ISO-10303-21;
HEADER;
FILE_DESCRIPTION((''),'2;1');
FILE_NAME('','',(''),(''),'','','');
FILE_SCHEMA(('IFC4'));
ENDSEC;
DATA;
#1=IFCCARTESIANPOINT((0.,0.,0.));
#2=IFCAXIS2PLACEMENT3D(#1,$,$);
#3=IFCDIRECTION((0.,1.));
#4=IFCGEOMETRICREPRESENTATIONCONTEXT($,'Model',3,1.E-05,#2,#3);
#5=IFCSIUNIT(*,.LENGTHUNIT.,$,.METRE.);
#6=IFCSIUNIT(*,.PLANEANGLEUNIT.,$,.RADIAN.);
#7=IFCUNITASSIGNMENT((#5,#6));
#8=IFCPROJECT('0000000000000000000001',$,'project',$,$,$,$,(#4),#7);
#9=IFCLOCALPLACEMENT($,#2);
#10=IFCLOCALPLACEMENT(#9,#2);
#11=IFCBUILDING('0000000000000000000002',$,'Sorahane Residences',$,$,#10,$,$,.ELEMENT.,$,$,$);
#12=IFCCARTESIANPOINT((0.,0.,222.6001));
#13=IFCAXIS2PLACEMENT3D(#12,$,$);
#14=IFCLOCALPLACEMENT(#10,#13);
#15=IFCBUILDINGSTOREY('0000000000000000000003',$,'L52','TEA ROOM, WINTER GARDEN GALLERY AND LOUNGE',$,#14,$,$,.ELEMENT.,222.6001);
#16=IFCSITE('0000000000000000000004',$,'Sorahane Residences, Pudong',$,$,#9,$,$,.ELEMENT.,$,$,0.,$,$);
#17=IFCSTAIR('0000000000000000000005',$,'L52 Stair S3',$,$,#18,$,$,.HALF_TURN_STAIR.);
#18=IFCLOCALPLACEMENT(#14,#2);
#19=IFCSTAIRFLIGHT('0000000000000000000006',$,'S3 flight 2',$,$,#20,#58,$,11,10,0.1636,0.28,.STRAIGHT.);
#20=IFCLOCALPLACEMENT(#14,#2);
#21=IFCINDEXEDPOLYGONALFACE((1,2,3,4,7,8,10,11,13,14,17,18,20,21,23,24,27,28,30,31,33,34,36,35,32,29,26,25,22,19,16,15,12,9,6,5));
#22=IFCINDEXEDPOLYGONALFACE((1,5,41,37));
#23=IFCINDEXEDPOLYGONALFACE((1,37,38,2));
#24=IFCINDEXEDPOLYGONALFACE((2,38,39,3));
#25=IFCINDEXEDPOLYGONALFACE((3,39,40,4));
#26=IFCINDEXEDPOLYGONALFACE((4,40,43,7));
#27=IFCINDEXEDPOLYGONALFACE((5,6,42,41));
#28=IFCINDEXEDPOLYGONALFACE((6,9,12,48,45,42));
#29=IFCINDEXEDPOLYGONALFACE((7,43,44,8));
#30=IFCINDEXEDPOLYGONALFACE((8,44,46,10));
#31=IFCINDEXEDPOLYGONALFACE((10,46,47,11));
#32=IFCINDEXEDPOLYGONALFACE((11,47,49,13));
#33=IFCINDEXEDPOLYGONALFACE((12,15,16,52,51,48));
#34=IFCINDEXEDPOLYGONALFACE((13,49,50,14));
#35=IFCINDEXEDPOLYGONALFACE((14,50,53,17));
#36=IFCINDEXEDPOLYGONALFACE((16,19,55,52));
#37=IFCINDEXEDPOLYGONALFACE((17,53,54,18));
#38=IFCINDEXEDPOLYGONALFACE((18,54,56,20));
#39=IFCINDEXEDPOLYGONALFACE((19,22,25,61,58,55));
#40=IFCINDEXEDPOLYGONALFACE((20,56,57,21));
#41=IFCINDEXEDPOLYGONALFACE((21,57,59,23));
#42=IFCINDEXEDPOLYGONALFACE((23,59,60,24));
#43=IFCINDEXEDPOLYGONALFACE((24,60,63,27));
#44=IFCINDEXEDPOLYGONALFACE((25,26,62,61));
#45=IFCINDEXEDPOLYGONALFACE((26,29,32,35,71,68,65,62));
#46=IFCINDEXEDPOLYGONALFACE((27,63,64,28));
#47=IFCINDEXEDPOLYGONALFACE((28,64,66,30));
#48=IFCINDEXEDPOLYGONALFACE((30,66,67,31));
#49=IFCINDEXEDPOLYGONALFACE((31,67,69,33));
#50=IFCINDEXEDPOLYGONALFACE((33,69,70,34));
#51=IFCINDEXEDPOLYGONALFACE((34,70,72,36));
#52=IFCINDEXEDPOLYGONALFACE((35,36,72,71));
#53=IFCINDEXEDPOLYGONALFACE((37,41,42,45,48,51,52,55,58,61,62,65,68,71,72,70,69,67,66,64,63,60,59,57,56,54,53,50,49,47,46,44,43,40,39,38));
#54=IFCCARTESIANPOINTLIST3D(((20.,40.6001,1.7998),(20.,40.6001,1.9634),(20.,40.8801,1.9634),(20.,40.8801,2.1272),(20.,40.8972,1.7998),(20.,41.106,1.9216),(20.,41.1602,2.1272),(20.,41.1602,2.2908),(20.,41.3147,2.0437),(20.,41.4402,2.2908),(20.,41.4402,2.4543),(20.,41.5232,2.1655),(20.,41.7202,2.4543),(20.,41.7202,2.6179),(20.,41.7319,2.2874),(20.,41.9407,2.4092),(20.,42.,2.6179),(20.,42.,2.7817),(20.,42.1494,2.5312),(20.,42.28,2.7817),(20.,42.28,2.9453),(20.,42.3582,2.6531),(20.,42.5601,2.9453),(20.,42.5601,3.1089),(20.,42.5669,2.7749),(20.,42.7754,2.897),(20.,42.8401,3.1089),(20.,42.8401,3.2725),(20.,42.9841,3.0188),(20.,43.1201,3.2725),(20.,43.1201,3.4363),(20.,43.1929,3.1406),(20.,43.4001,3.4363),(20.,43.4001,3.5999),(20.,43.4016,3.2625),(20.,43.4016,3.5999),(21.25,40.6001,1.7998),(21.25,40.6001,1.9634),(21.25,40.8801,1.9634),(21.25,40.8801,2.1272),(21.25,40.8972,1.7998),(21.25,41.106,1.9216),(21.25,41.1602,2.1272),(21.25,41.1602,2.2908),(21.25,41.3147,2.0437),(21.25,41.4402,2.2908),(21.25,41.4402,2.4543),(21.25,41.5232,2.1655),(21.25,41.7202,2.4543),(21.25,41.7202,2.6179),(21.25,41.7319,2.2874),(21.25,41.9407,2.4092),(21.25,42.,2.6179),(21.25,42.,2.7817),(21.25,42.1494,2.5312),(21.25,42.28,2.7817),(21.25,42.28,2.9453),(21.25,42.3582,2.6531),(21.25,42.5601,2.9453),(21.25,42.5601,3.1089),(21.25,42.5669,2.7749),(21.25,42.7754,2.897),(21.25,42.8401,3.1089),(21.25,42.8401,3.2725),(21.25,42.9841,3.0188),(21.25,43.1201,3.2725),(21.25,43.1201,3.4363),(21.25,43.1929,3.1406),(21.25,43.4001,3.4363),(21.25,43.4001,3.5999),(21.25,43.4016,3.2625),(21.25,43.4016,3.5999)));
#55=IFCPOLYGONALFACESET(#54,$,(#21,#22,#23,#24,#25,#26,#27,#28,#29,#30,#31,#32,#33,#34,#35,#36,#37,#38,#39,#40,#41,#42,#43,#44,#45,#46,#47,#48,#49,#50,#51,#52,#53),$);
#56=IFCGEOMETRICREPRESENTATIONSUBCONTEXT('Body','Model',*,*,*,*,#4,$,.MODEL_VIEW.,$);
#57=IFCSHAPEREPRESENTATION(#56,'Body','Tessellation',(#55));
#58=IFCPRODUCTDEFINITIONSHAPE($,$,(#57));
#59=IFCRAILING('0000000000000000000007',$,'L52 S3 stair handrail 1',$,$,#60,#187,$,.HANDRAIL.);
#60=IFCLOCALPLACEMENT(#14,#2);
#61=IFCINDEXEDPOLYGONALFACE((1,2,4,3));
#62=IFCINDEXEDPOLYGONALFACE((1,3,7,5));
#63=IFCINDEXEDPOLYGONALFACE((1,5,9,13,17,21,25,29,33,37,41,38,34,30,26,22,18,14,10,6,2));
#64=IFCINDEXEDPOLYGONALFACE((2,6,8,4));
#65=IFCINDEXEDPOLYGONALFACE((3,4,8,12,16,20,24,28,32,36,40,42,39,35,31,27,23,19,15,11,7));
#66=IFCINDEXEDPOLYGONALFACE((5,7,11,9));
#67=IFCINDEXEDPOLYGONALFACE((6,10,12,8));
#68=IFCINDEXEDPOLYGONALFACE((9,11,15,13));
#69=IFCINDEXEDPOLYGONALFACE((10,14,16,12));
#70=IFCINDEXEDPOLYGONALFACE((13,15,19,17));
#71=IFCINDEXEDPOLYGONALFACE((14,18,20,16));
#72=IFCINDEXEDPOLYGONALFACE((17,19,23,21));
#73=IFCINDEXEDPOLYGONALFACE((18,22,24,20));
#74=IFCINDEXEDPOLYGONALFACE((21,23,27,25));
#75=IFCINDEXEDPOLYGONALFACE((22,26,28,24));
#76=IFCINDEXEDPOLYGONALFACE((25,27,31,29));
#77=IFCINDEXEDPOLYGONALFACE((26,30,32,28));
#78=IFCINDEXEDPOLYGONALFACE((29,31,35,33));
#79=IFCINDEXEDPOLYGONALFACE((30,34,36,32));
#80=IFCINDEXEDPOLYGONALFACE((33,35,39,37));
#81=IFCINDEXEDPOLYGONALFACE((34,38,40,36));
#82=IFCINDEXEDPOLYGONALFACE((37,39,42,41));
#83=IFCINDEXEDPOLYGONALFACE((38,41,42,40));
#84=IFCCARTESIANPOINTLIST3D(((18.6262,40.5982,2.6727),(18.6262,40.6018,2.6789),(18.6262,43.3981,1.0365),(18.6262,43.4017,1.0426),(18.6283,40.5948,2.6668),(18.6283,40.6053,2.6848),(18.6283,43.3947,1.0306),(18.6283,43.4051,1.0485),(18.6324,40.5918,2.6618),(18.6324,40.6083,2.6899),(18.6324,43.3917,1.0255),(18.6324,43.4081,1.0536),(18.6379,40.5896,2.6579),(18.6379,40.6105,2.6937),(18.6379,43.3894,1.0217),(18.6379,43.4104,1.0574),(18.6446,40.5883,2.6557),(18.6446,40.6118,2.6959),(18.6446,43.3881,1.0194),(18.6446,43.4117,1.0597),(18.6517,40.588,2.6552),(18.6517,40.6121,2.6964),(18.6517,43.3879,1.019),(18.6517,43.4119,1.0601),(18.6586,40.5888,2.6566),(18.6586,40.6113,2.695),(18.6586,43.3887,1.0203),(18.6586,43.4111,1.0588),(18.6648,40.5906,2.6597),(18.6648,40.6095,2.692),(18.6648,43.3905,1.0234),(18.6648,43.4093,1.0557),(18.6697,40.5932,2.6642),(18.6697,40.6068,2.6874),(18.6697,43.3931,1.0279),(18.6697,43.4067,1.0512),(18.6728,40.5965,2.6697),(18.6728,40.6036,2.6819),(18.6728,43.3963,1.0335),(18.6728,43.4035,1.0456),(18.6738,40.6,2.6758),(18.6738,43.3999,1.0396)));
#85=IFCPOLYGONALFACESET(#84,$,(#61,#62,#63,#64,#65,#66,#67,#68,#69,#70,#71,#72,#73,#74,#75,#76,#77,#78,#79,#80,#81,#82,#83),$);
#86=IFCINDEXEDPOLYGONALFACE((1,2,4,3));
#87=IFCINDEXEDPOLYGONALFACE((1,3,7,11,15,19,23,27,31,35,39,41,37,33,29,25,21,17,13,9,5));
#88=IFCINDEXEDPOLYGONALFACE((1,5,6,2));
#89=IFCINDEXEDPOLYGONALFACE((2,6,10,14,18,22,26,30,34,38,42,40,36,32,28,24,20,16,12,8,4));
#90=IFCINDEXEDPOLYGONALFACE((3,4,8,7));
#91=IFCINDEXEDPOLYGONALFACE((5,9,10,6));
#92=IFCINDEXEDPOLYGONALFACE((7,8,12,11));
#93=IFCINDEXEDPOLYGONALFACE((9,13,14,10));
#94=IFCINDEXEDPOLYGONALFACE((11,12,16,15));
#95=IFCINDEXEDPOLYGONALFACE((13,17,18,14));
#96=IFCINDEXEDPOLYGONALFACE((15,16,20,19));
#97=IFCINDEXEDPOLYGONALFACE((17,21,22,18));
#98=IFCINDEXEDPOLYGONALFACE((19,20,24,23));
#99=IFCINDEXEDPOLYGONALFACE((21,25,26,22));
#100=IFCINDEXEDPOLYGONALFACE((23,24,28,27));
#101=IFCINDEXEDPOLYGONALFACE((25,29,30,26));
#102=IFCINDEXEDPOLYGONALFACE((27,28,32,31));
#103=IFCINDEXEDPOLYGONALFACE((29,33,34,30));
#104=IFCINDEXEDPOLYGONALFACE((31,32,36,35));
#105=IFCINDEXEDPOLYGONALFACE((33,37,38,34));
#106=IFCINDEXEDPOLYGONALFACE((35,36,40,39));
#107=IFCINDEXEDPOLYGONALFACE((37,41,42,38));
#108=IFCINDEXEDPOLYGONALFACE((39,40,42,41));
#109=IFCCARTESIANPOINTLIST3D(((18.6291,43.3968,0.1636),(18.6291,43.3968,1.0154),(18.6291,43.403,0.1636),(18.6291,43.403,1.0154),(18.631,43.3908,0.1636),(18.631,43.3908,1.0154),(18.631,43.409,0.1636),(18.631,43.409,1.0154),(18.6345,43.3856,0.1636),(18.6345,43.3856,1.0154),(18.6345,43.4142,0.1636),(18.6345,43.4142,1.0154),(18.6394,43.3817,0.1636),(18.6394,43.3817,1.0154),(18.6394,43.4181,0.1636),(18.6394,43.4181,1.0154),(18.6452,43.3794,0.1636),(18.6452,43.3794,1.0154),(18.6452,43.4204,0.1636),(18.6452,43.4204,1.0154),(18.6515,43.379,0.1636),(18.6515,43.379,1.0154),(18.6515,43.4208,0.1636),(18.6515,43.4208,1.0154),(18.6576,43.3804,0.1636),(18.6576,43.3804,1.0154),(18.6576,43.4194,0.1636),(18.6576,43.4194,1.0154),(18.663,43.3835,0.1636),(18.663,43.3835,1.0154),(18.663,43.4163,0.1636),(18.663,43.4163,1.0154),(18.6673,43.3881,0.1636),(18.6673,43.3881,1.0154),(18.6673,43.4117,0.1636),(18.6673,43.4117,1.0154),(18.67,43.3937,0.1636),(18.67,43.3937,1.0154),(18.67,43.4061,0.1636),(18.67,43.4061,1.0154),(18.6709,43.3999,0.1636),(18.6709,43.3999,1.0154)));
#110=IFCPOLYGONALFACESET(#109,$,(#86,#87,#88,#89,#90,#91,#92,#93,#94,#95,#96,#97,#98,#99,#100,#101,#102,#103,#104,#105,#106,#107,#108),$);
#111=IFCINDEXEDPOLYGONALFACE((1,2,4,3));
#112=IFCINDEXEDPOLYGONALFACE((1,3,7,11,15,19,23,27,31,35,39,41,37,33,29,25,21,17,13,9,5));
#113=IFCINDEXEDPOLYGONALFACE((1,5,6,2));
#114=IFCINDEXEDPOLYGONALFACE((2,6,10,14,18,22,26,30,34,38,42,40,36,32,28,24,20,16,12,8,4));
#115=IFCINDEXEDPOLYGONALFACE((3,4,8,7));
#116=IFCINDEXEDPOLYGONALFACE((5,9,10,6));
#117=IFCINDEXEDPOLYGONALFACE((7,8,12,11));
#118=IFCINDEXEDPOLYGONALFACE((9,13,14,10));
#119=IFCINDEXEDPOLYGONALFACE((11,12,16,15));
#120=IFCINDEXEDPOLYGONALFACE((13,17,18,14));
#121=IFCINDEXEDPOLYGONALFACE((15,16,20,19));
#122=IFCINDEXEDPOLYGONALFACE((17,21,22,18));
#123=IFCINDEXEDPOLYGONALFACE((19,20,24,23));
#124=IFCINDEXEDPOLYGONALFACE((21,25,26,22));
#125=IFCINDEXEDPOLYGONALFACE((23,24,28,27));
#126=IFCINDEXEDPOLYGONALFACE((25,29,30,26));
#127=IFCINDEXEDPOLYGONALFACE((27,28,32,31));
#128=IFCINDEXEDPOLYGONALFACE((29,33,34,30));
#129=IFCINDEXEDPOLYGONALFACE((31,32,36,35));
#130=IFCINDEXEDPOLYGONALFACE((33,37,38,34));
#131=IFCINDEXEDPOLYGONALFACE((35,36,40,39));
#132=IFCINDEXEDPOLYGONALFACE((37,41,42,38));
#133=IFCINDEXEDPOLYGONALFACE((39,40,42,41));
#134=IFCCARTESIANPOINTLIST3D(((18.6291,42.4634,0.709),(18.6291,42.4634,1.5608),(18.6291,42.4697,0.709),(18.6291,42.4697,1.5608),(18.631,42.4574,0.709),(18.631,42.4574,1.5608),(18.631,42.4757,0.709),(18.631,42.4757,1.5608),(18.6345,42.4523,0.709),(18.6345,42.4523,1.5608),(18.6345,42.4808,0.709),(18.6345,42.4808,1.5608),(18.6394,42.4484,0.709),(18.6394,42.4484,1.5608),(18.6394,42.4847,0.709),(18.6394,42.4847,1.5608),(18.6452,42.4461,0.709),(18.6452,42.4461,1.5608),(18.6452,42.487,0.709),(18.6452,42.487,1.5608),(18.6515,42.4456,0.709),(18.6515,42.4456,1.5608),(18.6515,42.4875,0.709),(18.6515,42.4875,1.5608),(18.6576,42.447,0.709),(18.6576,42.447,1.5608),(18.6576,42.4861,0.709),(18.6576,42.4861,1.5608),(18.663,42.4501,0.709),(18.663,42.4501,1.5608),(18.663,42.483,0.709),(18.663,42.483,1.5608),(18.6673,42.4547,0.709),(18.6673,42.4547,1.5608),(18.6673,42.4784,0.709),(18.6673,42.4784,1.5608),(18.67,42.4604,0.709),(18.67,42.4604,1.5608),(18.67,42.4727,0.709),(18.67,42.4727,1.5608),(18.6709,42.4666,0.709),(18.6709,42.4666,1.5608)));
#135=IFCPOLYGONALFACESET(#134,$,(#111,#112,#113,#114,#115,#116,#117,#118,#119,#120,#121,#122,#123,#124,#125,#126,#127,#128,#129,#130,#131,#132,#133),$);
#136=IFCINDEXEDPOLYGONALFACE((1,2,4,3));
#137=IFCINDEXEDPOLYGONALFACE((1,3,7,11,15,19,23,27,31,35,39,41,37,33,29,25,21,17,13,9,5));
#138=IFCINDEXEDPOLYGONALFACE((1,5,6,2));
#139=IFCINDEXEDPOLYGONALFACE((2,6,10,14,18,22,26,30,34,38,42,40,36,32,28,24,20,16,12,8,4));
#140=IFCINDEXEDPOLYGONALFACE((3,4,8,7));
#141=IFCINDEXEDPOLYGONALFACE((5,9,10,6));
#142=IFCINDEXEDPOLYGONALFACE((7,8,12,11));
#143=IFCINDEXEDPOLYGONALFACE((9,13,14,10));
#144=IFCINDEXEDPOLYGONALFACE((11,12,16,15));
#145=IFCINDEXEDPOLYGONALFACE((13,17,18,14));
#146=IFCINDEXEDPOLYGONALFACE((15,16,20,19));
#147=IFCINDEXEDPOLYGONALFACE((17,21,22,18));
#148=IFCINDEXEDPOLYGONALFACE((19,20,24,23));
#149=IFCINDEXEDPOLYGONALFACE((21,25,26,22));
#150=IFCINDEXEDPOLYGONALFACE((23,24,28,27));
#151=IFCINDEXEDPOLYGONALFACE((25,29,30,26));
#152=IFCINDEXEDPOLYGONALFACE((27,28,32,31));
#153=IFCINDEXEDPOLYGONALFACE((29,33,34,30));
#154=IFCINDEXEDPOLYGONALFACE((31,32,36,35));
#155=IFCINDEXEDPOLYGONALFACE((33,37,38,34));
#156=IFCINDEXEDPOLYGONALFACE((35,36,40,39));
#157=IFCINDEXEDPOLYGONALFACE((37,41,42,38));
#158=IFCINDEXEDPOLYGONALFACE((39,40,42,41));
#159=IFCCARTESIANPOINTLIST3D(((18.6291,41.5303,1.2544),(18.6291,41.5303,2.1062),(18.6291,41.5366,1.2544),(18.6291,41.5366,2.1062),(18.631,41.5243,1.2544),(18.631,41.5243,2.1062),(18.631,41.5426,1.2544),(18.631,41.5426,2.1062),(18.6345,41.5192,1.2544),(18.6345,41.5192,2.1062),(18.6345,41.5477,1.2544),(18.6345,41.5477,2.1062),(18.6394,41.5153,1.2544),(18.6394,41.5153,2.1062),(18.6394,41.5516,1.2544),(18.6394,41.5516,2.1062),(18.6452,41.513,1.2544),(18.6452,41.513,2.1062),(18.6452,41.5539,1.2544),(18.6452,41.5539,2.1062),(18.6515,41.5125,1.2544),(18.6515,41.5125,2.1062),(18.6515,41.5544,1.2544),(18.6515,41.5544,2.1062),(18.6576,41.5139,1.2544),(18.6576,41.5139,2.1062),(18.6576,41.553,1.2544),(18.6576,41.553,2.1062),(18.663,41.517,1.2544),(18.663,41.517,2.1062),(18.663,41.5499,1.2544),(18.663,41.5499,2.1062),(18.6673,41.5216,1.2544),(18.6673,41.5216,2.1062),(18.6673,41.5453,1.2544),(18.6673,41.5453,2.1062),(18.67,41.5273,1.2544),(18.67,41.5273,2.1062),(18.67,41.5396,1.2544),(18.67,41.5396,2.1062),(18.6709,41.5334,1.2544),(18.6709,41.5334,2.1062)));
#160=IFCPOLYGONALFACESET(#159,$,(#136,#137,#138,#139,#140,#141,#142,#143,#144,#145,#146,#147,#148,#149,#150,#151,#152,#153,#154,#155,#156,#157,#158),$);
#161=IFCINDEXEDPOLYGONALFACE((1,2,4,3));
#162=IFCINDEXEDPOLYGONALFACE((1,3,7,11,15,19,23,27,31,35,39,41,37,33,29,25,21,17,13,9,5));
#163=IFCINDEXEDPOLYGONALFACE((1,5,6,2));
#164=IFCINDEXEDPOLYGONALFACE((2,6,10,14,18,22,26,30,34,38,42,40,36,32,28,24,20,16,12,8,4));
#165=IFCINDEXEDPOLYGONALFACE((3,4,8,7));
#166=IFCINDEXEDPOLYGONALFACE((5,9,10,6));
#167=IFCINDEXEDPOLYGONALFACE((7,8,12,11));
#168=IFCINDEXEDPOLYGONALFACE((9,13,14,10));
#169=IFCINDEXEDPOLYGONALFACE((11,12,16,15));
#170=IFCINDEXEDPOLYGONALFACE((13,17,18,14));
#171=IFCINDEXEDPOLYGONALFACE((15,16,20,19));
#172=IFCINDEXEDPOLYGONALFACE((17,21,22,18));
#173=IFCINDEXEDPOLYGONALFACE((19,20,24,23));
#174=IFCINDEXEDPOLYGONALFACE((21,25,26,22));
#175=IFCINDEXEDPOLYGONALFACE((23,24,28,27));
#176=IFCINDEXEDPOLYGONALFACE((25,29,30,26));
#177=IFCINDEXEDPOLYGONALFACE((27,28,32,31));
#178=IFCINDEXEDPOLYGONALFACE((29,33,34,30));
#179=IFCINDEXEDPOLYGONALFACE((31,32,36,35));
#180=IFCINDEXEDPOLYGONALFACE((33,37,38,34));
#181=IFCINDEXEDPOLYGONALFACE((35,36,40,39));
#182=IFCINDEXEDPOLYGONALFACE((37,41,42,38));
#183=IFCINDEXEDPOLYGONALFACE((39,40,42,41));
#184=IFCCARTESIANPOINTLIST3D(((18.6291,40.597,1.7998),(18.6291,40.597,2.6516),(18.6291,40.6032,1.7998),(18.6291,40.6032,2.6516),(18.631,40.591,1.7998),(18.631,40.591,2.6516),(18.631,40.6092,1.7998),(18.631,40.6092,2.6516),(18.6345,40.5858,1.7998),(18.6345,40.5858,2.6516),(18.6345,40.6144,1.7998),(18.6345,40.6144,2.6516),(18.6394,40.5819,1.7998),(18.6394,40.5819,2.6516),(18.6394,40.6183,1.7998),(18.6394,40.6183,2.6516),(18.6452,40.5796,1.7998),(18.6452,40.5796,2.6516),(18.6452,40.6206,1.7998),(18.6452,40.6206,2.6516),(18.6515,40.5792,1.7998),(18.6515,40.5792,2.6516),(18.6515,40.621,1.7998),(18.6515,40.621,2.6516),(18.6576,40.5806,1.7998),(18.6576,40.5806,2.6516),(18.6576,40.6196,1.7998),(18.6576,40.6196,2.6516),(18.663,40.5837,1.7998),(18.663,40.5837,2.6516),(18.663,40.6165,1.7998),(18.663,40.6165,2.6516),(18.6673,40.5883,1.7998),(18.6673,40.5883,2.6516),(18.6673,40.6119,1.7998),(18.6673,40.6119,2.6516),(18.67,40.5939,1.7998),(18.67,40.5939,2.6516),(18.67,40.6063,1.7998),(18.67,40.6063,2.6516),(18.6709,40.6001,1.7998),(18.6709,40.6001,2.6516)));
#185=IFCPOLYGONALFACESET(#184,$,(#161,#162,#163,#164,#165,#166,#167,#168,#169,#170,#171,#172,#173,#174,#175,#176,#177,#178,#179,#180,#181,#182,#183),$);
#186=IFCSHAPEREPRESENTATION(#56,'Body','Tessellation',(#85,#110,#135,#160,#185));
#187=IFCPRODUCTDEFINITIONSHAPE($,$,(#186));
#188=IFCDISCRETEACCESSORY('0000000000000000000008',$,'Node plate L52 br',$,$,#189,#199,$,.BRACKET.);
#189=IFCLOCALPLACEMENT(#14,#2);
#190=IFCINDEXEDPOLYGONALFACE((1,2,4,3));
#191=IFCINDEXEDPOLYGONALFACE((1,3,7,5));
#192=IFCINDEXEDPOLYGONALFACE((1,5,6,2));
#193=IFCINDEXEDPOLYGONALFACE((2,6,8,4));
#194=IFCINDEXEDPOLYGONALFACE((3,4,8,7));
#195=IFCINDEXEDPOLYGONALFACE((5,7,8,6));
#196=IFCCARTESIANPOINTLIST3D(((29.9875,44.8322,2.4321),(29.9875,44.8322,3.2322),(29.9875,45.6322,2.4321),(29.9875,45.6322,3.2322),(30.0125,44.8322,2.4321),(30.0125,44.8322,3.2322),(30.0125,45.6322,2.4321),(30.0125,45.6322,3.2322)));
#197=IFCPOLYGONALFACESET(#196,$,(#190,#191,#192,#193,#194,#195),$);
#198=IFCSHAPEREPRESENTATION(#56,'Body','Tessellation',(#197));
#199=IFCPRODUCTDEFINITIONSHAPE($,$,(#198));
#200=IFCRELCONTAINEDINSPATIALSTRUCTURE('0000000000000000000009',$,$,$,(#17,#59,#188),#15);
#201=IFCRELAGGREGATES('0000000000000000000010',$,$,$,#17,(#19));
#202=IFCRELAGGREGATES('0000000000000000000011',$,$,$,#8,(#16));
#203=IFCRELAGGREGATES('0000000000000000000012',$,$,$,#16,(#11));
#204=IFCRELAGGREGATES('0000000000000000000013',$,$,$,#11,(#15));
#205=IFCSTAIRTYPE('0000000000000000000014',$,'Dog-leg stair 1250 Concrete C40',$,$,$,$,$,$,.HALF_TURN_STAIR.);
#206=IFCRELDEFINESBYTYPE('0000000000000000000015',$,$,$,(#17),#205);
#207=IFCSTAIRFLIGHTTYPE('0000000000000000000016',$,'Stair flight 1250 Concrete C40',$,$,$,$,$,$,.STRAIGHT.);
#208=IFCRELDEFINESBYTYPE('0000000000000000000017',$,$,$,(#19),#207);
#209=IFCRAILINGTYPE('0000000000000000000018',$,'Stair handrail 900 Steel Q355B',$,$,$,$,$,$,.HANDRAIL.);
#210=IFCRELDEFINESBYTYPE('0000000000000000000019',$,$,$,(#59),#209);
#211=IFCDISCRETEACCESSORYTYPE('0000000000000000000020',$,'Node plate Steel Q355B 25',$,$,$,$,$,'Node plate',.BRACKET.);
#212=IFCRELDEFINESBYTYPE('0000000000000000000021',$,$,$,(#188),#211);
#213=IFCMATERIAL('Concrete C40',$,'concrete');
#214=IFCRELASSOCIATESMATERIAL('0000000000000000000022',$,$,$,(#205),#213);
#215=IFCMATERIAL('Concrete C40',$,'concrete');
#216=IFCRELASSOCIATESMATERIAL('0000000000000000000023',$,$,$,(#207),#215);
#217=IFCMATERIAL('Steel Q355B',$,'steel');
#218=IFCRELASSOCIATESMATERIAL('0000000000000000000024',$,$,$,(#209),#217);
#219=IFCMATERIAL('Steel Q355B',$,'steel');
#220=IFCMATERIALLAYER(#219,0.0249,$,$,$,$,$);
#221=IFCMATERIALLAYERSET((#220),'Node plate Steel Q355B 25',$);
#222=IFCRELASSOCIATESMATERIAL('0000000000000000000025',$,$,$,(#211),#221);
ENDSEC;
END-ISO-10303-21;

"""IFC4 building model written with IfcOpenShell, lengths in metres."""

from ifc_helpers import new_model, si_unit, direction, frame, origin, origin_2d, place, context, subcontext, project, spatial, polyline, rectangle, circle, outline, extrude, material, layer, layer_set, type_object, element, aggregate, save


model = new_model("IFC4")

# Units and contexts
model_context = context("Model", 3, precision=1e-05, world=origin(), true_north=direction((0.0, 1.0)))
body_context = subcontext(model_context, "Body", "Model", "MODEL_VIEW")
ifc_project = project(units=[si_unit("LENGTHUNIT", "METRE"), si_unit("PLANEANGLEUNIT", "RADIAN")], contexts=[model_context])

# Site, building, storey
site_placement = place(None, origin())
site = spatial("IfcSite", under=ifc_project, at=site_placement, Name="Sorahane Residences, Pudong", CompositionType="ELEMENT", RefElevation=0.0)
building_placement = place(site_placement, origin())
building = spatial("IfcBuilding", under=site, at=building_placement, Name="Sorahane Residences", CompositionType="ELEMENT")
storey_placement = place(building_placement, frame((0.0, 0.0, 222.6001)))
storey = spatial("IfcBuildingStorey", under=building, at=storey_placement, Name="L52", Description="TEA ROOM, WINTER GARDEN GALLERY AND LOUNGE", CompositionType="ELEMENT", Elevation=222.6001)

# Stair, stair flight
ifc_material_1 = material(Name="Concrete C40", Category="concrete")
stair_type = type_object("IfcStairType", Name="Dog-leg stair 1250 Concrete C40", PredefinedType="HALF_TURN_STAIR", material=ifc_material_1)
stair_placement = place(storey_placement, origin())
stair = element("IfcStair", 1, at=stair_placement, inside=storey, type_object=stair_type, Name="L52 Stair S3", PredefinedType="HALF_TURN_STAIR")
ifc_material_2 = material(Name="Concrete C40", Category="concrete")
stair_flight_type = type_object("IfcStairFlightType", Name="Stair flight 1250 Concrete C40", PredefinedType="STRAIGHT", material=ifc_material_2)
stair_flight_1_placement = place(storey_placement, frame((20.625, 40.6001, 1.7998), z_axis=(0.0, 0.0, 1.0), x_axis=(0.0, 1.0, 0.0)))
stair_flight_1 = element("IfcStairFlight", 2, at=stair_flight_1_placement, type_object=stair_flight_type, Name="S3 flight 2", NumberOfRisers=11, NumberOfTreads=10, PredefinedType="STRAIGHT", RiserHeight=0.1636, TreadLength=0.28, context=body_context, shape_type="SweptSolid", body=[
    extrude(outline(polyline([(0.0, 0.0), (0.0, 0.1636), (0.28, 0.1636), (0.28, 0.3274), (0.5601, 0.3274), (0.5601, 0.491), (0.8401, 0.491), (0.8401, 0.6545), (1.1201, 0.6545), (1.1201, 0.8181), (1.3999, 0.8181), (1.3999, 0.9819), (1.6799, 0.9819), (1.6799, 1.1455), (1.96, 1.1455), (1.96, 1.3091), (2.24, 1.3091), (2.24, 1.4727), (2.52, 1.4727), (2.52, 1.6365), (2.8, 1.6365), (2.8, 1.8), (2.8015, 1.8), (2.8015, 1.4626), (2.5928, 1.3408), (2.384, 1.219), (2.1753, 1.0972), (1.9668, 0.9751), (1.7581, 0.8533), (1.5493, 0.7314), (1.3406, 0.6094), (1.1318, 0.4875), (0.9231, 0.3657), (0.7146, 0.2439), (0.5059, 0.1218), (0.2971, 0.0), (0.0, 0.0)])), frame((0.0, 0.625, 0.0), z_axis=(0.0, -1.0, 0.0), x_axis=(1.0, 0.0, 0.0)), (0.0, 0.0, 1.0), 1.25),
])
aggregate(stair, [stair_flight_1])

# Railing
ifc_material_3 = material(Name="Steel Q355B", Category="steel")
railing_type_1 = type_object("IfcRailingType", Name="Stair handrail 900 Steel Q355B", PredefinedType="HANDRAIL", material=ifc_material_3)
railing_1_placement = place(storey_placement, frame((18.6499, 43.3999, 0.1636)))
element("IfcRailing", 3, at=railing_1_placement, inside=storey, type_object=railing_type_1, Name="L52 S3 stair handrail 1", PredefinedType="HANDRAIL", context=body_context, shape_type="SweptSolid", body=[
    extrude(circle(Radius=0.0239, at=origin_2d()), frame((0.0, 0.0, 0.876), z_axis=(0.0, -0.863374, 0.504564), x_axis=(1.0, 0.0, 0.0)), (0.0, 0.0, 1.0), 3.2429),
    extrude(circle(Radius=0.021, at=origin_2d()), origin(), (0.0, 0.0, 1.0), 0.8518),
    extrude(circle(Radius=0.021, at=origin_2d()), frame((0.0, -0.9333, 0.5454)), (0.0, 0.0, 1.0), 0.8518),
    extrude(circle(Radius=0.021, at=origin_2d()), frame((0.0, -1.8665, 1.0908)), (0.0, 0.0, 1.0), 0.8518),
    extrude(circle(Radius=0.021, at=origin_2d()), frame((0.0, -2.7998, 1.6362)), (0.0, 0.0, 1.0), 0.8518),
])

# Discrete accessory
ifc_material_4 = material(Name="Steel Q355B", Category="steel")
ifc_layer_1 = layer(ifc_material_4, 0.0249)
ifc_layer_set_1 = layer_set([ifc_layer_1], Name="Node plate Steel Q355B 25")
discrete_accessory_type = type_object("IfcDiscreteAccessoryType", Name="Node plate Steel Q355B 25", ElementType="Node plate", PredefinedType="BRACKET", material=ifc_layer_set_1)
for number, where, z_axis, x_axis, name in (
    (4, (30.0, 45.2322, 2.4321), (0.0, 0.0, 1.0), (0.0, 1.0, 0.0), "Node plate L52 br"),
):
    element("IfcDiscreteAccessory", number, at=place(storey_placement, frame(where, z_axis=z_axis, x_axis=x_axis)), inside=storey, type_object=discrete_accessory_type, Name=name, PredefinedType="BRACKET", context=body_context, shape_type="SweptSolid", body=[
        extrude(rectangle(XDim=0.8, YDim=0.0249, at=origin_2d()), origin(), (0.0, 0.0, 1.0), 0.8),
    ])

save(model, "model.ifc")
